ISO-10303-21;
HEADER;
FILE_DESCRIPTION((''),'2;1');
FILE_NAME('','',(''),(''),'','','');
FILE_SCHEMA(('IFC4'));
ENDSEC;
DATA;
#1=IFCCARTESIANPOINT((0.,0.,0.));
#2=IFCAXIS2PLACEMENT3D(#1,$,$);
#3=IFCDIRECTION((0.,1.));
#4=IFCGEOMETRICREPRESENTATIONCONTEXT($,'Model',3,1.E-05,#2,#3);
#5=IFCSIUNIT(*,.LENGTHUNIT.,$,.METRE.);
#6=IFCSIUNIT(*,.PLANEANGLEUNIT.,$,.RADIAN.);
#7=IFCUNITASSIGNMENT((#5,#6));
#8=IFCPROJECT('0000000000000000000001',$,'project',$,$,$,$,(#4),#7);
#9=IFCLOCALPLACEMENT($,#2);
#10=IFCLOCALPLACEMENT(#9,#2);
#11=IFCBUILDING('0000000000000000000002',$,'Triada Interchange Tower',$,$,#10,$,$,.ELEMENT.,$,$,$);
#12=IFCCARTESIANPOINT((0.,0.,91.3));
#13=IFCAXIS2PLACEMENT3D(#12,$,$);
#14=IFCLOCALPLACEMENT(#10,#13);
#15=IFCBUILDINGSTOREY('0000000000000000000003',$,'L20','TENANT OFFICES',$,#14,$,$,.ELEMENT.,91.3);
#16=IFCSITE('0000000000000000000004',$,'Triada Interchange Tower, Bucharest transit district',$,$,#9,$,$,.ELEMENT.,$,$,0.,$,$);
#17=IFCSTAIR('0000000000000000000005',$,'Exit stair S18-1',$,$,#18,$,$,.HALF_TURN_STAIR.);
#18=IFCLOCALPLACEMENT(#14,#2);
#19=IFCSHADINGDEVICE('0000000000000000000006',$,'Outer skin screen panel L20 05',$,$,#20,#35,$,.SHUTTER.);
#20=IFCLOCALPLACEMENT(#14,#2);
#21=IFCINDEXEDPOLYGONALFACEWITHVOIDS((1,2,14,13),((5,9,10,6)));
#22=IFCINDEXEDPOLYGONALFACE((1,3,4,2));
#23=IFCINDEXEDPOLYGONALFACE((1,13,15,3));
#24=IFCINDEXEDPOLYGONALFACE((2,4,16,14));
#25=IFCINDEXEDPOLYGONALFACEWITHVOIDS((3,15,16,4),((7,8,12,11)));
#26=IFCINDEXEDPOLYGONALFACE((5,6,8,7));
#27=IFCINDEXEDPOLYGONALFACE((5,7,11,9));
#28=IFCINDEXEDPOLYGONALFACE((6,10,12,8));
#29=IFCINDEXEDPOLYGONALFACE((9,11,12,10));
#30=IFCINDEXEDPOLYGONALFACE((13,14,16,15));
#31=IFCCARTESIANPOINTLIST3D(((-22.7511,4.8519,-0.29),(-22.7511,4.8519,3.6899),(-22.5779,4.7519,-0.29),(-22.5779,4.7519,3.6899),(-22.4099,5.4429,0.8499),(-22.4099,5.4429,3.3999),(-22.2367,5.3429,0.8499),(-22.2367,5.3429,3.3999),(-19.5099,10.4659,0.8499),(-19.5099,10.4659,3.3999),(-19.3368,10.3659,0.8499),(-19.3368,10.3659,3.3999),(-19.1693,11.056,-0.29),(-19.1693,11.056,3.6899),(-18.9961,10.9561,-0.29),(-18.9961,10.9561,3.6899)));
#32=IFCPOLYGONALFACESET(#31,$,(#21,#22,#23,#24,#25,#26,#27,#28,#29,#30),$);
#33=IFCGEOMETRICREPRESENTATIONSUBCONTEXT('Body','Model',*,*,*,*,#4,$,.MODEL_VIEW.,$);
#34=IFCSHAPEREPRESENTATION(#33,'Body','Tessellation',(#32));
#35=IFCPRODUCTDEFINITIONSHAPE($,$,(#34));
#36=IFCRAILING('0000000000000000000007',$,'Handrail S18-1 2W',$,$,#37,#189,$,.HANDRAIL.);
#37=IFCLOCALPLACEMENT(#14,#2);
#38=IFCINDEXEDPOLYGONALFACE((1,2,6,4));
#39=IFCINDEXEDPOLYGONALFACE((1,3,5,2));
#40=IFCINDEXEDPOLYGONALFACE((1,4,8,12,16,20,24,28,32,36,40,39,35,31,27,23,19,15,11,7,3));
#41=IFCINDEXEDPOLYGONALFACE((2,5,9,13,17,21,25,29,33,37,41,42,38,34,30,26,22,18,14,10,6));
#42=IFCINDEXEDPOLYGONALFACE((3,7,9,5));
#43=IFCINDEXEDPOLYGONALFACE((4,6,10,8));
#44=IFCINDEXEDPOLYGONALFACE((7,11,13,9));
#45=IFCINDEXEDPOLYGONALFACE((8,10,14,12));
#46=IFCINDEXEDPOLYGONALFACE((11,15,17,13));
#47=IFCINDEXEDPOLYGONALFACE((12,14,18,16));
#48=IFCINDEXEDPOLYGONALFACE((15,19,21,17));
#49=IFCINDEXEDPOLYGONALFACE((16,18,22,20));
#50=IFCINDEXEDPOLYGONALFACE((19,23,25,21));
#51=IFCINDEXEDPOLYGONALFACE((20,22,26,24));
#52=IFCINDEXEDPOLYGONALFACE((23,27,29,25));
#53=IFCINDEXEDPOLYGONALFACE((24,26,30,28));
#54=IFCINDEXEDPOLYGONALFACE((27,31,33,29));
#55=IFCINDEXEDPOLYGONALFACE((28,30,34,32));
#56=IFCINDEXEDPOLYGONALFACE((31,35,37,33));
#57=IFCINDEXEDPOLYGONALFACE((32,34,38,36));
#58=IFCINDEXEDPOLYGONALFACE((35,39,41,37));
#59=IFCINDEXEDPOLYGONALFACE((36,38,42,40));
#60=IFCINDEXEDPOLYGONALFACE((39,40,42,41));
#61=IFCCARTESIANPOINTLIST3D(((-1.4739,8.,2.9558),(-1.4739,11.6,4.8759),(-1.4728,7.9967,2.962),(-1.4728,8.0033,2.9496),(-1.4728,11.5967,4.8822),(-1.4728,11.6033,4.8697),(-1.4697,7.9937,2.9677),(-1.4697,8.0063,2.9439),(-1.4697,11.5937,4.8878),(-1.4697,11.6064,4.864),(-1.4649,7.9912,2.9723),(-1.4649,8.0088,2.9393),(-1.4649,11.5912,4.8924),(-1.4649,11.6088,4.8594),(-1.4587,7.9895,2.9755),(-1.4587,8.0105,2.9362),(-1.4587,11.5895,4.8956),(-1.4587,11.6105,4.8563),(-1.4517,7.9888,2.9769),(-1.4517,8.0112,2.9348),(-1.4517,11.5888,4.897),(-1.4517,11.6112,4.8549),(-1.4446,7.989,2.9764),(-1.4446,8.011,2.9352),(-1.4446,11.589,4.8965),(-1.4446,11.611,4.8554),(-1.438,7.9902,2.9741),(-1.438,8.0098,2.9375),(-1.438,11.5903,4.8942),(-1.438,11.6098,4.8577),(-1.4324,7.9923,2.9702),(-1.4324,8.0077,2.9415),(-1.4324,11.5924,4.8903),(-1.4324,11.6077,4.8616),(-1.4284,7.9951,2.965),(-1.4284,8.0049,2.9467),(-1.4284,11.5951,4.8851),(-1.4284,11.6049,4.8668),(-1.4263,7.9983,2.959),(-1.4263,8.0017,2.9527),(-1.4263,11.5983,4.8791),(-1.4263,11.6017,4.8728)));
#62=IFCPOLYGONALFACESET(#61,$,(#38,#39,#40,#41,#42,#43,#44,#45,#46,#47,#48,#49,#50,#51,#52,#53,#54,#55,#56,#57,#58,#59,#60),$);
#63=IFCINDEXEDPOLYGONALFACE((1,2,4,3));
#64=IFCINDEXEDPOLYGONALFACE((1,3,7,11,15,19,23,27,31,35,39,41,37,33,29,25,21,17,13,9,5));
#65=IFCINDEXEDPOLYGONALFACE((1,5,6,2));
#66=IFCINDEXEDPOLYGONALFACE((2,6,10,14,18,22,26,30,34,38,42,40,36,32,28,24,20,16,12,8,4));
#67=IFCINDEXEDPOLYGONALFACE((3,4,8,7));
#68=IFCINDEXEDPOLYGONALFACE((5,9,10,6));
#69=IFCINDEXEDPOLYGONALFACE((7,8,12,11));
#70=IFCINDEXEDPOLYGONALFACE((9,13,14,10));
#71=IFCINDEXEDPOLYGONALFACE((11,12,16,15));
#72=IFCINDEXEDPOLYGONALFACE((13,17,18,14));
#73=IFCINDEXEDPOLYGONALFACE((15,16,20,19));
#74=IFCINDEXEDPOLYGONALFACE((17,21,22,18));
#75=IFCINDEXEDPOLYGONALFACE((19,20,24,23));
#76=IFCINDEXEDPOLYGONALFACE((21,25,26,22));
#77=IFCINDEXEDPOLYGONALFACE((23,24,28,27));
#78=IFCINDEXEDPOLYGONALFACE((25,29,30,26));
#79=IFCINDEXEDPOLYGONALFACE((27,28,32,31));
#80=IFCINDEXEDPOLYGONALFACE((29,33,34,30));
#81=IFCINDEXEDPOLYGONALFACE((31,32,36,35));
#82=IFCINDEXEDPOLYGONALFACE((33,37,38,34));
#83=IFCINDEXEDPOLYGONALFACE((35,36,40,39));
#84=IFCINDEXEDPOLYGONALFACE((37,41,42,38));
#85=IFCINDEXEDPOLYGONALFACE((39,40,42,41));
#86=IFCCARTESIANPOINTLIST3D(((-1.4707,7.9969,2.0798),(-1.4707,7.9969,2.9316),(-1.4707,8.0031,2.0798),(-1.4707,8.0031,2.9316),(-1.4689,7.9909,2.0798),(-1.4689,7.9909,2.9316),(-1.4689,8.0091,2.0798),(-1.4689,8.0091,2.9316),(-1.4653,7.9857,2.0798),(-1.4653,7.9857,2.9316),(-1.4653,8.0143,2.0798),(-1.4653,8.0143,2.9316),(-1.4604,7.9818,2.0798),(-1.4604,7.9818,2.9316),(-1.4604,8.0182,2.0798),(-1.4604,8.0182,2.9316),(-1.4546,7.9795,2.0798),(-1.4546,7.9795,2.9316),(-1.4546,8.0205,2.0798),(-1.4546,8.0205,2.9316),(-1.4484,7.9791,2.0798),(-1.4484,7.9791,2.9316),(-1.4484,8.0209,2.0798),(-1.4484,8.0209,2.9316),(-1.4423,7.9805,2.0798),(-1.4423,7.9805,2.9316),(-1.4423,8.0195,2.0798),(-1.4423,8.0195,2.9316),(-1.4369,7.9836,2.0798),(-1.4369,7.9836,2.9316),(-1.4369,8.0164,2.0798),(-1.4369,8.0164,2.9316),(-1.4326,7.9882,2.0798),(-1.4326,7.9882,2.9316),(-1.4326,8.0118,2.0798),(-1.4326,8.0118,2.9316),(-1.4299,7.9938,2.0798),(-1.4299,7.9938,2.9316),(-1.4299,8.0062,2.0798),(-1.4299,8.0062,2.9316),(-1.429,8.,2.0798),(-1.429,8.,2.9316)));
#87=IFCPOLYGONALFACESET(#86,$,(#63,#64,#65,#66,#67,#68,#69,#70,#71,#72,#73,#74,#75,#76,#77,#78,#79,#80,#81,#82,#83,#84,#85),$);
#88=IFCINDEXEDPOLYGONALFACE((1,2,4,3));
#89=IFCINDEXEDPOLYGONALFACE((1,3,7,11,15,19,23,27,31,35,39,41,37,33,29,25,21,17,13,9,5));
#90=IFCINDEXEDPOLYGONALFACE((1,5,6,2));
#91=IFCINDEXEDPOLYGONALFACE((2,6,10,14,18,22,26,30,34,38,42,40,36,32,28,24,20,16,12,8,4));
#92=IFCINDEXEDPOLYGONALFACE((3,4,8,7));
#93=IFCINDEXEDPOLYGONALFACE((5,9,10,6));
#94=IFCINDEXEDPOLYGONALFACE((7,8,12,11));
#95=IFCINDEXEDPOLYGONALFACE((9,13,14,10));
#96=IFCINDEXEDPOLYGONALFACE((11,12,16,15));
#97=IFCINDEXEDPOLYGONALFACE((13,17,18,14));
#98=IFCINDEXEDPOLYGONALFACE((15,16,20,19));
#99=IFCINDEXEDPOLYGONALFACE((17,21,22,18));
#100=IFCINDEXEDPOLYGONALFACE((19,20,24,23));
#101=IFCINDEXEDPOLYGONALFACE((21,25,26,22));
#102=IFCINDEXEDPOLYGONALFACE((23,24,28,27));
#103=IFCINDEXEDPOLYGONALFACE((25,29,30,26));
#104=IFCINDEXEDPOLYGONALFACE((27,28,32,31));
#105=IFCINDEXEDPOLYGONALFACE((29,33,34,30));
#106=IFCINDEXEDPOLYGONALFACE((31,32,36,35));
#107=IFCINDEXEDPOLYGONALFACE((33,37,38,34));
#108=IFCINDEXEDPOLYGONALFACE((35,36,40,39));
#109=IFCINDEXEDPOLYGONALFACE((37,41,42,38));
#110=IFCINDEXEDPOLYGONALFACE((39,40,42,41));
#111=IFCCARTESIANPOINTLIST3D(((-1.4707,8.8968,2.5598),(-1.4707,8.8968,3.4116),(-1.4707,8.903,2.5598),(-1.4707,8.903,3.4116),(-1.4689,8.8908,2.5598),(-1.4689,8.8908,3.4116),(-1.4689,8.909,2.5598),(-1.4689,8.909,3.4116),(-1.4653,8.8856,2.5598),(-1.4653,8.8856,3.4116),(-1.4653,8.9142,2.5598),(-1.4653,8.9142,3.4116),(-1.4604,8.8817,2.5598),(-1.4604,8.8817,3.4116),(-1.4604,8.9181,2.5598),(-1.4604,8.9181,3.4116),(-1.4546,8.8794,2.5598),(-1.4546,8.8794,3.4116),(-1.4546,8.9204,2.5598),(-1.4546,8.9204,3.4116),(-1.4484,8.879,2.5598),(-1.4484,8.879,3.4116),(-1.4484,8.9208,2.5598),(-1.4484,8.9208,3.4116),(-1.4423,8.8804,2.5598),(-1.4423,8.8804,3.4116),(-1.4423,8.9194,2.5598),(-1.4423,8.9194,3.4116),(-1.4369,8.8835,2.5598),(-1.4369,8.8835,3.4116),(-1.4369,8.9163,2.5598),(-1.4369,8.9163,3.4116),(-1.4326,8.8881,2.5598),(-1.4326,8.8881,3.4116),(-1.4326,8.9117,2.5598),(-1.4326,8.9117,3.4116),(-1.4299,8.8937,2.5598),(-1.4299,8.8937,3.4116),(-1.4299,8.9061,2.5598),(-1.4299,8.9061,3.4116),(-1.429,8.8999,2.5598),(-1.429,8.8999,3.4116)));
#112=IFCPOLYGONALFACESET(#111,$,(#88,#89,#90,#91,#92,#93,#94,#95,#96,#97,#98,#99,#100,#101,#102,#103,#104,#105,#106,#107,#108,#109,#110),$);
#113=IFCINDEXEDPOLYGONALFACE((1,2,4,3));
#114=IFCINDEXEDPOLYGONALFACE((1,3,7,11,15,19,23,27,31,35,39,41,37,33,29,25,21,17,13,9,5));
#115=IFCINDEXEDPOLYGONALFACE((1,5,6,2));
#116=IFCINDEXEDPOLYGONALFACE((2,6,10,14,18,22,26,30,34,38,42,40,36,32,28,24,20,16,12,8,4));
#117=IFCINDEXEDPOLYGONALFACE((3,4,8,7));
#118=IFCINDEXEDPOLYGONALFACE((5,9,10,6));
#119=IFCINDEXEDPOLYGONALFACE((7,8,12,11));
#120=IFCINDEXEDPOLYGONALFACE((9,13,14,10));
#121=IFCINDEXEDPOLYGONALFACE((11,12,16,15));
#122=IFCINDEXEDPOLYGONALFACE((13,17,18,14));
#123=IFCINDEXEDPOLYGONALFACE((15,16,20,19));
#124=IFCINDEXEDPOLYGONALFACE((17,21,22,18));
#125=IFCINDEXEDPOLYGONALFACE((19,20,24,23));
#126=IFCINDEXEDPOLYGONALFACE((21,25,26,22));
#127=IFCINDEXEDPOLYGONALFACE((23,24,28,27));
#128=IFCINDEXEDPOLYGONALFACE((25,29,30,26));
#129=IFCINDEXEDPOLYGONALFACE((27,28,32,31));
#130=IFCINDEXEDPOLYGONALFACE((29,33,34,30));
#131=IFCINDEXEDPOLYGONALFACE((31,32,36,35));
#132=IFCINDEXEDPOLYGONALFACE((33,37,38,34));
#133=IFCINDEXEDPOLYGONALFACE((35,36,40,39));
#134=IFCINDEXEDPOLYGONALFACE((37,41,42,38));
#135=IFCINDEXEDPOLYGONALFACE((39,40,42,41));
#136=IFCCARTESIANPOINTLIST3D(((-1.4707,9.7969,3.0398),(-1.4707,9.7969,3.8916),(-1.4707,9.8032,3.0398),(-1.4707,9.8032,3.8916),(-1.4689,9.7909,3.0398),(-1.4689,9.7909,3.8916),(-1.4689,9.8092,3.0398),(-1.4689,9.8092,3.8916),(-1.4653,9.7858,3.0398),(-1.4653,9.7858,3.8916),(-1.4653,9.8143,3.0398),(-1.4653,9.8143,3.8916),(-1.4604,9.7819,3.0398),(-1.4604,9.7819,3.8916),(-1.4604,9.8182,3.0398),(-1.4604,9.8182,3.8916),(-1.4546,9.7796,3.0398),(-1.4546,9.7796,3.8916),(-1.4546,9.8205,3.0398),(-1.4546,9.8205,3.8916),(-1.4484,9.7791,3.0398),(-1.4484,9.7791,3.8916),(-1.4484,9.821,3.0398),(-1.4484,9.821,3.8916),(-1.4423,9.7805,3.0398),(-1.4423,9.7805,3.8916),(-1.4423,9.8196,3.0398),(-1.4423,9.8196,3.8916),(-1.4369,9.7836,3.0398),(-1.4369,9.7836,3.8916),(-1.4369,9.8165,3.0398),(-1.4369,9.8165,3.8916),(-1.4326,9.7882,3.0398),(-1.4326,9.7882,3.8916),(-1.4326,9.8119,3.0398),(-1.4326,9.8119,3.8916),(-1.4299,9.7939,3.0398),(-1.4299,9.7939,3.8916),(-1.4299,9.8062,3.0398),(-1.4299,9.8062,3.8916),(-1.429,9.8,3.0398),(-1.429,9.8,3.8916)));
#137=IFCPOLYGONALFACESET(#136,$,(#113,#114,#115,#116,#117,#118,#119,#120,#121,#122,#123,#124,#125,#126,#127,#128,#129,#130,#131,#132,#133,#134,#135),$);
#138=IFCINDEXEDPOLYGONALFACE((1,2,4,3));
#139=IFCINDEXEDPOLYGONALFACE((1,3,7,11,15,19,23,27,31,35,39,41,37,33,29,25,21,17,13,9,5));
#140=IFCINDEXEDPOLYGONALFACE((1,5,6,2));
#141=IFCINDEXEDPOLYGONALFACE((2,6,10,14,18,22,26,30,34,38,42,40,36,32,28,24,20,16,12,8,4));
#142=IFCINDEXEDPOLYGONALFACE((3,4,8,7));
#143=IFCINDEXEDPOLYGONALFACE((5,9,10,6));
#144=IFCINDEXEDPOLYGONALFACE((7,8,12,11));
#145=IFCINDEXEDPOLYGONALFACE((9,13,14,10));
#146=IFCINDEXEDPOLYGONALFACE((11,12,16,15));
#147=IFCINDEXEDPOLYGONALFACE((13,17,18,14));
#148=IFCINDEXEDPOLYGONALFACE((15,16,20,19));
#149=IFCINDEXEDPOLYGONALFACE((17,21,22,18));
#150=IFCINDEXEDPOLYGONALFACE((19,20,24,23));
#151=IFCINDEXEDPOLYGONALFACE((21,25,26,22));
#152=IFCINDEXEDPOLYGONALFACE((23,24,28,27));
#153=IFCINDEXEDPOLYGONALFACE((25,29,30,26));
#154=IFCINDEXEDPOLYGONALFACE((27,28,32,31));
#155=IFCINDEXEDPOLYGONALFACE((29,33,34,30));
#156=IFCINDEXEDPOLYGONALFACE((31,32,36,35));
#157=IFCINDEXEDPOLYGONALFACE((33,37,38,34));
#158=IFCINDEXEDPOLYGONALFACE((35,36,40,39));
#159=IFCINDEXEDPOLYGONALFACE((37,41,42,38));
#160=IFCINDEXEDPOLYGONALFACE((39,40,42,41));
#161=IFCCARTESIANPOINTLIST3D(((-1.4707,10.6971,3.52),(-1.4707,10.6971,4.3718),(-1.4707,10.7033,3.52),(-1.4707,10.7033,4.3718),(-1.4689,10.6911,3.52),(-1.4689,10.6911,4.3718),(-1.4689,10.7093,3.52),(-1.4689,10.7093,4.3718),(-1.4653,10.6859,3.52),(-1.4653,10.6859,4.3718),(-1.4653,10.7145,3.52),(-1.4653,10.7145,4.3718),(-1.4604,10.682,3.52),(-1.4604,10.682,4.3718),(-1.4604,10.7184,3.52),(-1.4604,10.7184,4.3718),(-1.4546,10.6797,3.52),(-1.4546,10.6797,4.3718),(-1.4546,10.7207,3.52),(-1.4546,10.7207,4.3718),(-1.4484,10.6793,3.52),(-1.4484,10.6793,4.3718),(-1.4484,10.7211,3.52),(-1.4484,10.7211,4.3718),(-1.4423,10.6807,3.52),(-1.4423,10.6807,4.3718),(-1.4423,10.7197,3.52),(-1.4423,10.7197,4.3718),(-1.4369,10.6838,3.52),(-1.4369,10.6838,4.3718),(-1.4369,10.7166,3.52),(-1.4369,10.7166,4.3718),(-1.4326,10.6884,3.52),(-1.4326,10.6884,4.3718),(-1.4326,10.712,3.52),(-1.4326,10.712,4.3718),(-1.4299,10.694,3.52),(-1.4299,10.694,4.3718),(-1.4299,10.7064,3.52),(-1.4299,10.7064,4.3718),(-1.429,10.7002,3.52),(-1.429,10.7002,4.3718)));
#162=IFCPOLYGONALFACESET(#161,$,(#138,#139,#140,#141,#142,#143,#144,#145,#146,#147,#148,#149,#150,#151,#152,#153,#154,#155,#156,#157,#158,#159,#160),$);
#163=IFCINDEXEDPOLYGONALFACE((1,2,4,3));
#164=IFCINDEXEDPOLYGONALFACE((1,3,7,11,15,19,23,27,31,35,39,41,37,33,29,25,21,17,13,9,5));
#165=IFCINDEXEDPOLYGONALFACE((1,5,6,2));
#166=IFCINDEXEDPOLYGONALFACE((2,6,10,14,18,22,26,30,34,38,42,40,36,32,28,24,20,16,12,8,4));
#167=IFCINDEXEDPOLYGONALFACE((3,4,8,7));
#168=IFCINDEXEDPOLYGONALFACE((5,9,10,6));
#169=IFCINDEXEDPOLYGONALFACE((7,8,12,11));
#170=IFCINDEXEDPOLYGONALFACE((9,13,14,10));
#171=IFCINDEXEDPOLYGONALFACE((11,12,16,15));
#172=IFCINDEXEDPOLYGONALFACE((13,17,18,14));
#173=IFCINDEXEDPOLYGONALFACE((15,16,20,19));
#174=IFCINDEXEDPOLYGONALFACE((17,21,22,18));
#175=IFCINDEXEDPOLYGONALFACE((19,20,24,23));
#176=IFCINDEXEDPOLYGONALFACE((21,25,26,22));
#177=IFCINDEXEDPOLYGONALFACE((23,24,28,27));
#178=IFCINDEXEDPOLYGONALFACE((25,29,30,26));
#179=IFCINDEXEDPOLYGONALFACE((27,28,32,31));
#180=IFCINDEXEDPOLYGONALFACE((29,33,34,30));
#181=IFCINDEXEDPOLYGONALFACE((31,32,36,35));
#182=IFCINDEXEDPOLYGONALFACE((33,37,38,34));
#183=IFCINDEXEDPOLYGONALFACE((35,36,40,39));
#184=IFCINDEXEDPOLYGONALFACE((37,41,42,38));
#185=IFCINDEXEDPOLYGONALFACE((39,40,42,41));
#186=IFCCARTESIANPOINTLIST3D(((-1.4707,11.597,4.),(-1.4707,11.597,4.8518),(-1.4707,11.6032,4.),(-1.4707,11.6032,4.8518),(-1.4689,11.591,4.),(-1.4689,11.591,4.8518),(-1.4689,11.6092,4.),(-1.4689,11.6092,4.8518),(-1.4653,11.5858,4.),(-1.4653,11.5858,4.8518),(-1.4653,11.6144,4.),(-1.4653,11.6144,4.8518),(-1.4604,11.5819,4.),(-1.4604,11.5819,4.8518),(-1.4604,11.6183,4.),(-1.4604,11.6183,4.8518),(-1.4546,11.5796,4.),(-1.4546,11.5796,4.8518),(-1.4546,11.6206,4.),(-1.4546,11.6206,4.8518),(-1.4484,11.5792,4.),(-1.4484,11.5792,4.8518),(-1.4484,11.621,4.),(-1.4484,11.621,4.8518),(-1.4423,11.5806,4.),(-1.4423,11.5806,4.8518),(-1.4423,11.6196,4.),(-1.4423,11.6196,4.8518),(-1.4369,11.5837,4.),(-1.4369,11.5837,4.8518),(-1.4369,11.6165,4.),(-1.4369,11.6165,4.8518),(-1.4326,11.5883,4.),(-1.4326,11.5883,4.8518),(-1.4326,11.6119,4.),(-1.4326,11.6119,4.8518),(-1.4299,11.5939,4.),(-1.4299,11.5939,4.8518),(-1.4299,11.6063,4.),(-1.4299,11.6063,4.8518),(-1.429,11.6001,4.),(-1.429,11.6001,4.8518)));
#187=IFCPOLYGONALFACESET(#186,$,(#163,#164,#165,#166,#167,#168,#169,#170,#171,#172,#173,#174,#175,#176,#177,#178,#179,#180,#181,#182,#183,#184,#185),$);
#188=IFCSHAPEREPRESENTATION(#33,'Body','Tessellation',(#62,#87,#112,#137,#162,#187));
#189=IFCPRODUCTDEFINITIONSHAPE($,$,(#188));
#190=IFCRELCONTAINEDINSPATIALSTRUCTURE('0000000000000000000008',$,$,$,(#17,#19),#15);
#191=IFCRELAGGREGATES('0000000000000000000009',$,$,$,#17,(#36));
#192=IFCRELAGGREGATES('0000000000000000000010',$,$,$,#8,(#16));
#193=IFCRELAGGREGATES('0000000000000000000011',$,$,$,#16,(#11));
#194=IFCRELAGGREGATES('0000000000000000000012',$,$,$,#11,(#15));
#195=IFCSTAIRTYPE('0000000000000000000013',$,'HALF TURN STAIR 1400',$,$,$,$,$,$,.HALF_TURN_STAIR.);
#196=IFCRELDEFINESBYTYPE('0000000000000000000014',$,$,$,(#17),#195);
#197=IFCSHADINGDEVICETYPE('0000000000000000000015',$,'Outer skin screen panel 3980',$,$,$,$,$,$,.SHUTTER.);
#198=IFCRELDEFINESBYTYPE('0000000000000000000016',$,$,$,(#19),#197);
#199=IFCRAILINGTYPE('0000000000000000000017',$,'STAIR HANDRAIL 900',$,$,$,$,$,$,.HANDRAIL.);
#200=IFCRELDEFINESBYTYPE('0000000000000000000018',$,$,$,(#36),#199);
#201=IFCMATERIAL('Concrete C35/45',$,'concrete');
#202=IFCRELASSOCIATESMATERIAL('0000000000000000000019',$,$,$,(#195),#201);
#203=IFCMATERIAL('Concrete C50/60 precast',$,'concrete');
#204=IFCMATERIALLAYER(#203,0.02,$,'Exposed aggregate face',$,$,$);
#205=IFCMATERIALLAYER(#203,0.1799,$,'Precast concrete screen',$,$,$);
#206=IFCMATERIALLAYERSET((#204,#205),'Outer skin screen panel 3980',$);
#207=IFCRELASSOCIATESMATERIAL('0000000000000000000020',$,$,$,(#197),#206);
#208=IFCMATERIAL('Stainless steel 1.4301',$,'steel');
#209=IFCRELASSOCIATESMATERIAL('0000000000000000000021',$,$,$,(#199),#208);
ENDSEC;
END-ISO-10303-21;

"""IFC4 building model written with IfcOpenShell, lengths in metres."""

from ifc_helpers import new_model, si_unit, direction, frame, origin, origin_2d, place, context, subcontext, project, spatial, polyline, circle, outline, extrude, material, layer, layer_set, type_object, element, aggregate, save


model = new_model("IFC4")

# Units and contexts
model_context = context("Model", 3, precision=1e-05, world=origin(), true_north=direction((0.0, 1.0)))
body_context = subcontext(model_context, "Body", "Model", "MODEL_VIEW")
ifc_project = project(units=[si_unit("LENGTHUNIT", "METRE"), si_unit("PLANEANGLEUNIT", "RADIAN")], contexts=[model_context])

# Site, building, storey
site_placement = place(None, origin())
site = spatial("IfcSite", under=ifc_project, at=site_placement, Name="Triada Interchange Tower, Bucharest transit district", CompositionType="ELEMENT", RefElevation=0.0)
building_placement = place(site_placement, origin())
building = spatial("IfcBuilding", under=site, at=building_placement, Name="Triada Interchange Tower", CompositionType="ELEMENT")
storey_placement = place(building_placement, frame((0.0, 0.0, 91.3)))
storey = spatial("IfcBuildingStorey", under=building, at=storey_placement, Name="L20", Description="TENANT OFFICES", CompositionType="ELEMENT", Elevation=91.3)

# Stair
ifc_material_1 = material(Name="Concrete C35/45", Category="concrete")
stair_type = type_object("IfcStairType", Name="HALF TURN STAIR 1400", PredefinedType="HALF_TURN_STAIR", material=ifc_material_1)
stair_placement = place(storey_placement, origin())
stair = element("IfcStair", 1, at=stair_placement, inside=storey, type_object=stair_type, Name="Exit stair S18-1", PredefinedType="HALF_TURN_STAIR")

# Shading device
ifc_material_2 = material(Name="Concrete C50/60 precast", Category="concrete")
ifc_layer_1 = layer(ifc_material_2, 0.02, Name="Exposed aggregate face")
ifc_layer_2 = layer(ifc_material_2, 0.1799, Name="Precast concrete screen")
ifc_layer_set_1 = layer_set([ifc_layer_1, ifc_layer_2], Name="Outer skin screen panel 3980")
shading_device_type = type_object("IfcShadingDeviceType", Name="Outer skin screen panel 3980", PredefinedType="SHUTTER", material=ifc_layer_set_1)
shading_device_1_placement = place(storey_placement, frame((-18.9961, 10.9561, -0.29), z_axis=(0.0, 0.0, 1.0), x_axis=(-0.499984, -0.866035, 0.0)))
element("IfcShadingDevice", 2, at=shading_device_1_placement, inside=storey, type_object=shading_device_type, Name="Outer skin screen panel L20 05", PredefinedType="SHUTTER", context=body_context, shape_type="SweptSolid", body=[
    extrude(outline(polyline([(0.0, 0.0), (7.1638, 0.0), (7.1638, 3.98), (0.0, 3.98), (0.0, 0.0)]), holes=[polyline([(0.6814, 1.1399), (0.6814, 3.6899), (6.4814, 3.6899), (6.4814, 1.1399), (0.6814, 1.1399)])]), frame((0.0, 0.0, 0.0), z_axis=(0.0, -1.0, 0.0), x_axis=(1.0, 0.0, 0.0)), (0.0, 0.0, 1.0), 0.2),
])

# Railing
ifc_material_3 = material(Name="Stainless steel 1.4301", Category="steel")
railing_type = type_object("IfcRailingType", Name="STAIR HANDRAIL 900", PredefinedType="HANDRAIL", material=ifc_material_3)
railing_1_placement = place(storey_placement, frame((-1.45, 8.0, 2.0798)))
railing_1 = element("IfcRailing", 3, at=railing_1_placement, type_object=railing_type, Name="Handrail S18-1 2W", PredefinedType="HANDRAIL", context=body_context, shape_type="SweptSolid", body=[
    extrude(circle(Radius=0.0239, at=origin_2d()), frame((0.0, 0.0, 0.876), z_axis=(0.0, 0.882341, 0.47061), x_axis=(-1.0, 0.0, 0.0)), (0.0, 0.0, 1.0), 4.0801),
    extrude(circle(Radius=0.021, at=origin_2d()), origin(), (0.0, 0.0, 1.0), 0.8518),
    extrude(circle(Radius=0.021, at=origin_2d()), frame((0.0, 0.8999, 0.48)), (0.0, 0.0, 1.0), 0.8518),
    extrude(circle(Radius=0.021, at=origin_2d()), frame((0.0, 1.8, 0.96)), (0.0, 0.0, 1.0), 0.8518),
    extrude(circle(Radius=0.021, at=origin_2d()), frame((0.0, 2.7002, 1.4402)), (0.0, 0.0, 1.0), 0.8518),
    extrude(circle(Radius=0.021, at=origin_2d()), frame((0.0, 3.6001, 1.9202)), (0.0, 0.0, 1.0), 0.8518),
])
aggregate(stair, [railing_1])

save(model, "model.ifc")
